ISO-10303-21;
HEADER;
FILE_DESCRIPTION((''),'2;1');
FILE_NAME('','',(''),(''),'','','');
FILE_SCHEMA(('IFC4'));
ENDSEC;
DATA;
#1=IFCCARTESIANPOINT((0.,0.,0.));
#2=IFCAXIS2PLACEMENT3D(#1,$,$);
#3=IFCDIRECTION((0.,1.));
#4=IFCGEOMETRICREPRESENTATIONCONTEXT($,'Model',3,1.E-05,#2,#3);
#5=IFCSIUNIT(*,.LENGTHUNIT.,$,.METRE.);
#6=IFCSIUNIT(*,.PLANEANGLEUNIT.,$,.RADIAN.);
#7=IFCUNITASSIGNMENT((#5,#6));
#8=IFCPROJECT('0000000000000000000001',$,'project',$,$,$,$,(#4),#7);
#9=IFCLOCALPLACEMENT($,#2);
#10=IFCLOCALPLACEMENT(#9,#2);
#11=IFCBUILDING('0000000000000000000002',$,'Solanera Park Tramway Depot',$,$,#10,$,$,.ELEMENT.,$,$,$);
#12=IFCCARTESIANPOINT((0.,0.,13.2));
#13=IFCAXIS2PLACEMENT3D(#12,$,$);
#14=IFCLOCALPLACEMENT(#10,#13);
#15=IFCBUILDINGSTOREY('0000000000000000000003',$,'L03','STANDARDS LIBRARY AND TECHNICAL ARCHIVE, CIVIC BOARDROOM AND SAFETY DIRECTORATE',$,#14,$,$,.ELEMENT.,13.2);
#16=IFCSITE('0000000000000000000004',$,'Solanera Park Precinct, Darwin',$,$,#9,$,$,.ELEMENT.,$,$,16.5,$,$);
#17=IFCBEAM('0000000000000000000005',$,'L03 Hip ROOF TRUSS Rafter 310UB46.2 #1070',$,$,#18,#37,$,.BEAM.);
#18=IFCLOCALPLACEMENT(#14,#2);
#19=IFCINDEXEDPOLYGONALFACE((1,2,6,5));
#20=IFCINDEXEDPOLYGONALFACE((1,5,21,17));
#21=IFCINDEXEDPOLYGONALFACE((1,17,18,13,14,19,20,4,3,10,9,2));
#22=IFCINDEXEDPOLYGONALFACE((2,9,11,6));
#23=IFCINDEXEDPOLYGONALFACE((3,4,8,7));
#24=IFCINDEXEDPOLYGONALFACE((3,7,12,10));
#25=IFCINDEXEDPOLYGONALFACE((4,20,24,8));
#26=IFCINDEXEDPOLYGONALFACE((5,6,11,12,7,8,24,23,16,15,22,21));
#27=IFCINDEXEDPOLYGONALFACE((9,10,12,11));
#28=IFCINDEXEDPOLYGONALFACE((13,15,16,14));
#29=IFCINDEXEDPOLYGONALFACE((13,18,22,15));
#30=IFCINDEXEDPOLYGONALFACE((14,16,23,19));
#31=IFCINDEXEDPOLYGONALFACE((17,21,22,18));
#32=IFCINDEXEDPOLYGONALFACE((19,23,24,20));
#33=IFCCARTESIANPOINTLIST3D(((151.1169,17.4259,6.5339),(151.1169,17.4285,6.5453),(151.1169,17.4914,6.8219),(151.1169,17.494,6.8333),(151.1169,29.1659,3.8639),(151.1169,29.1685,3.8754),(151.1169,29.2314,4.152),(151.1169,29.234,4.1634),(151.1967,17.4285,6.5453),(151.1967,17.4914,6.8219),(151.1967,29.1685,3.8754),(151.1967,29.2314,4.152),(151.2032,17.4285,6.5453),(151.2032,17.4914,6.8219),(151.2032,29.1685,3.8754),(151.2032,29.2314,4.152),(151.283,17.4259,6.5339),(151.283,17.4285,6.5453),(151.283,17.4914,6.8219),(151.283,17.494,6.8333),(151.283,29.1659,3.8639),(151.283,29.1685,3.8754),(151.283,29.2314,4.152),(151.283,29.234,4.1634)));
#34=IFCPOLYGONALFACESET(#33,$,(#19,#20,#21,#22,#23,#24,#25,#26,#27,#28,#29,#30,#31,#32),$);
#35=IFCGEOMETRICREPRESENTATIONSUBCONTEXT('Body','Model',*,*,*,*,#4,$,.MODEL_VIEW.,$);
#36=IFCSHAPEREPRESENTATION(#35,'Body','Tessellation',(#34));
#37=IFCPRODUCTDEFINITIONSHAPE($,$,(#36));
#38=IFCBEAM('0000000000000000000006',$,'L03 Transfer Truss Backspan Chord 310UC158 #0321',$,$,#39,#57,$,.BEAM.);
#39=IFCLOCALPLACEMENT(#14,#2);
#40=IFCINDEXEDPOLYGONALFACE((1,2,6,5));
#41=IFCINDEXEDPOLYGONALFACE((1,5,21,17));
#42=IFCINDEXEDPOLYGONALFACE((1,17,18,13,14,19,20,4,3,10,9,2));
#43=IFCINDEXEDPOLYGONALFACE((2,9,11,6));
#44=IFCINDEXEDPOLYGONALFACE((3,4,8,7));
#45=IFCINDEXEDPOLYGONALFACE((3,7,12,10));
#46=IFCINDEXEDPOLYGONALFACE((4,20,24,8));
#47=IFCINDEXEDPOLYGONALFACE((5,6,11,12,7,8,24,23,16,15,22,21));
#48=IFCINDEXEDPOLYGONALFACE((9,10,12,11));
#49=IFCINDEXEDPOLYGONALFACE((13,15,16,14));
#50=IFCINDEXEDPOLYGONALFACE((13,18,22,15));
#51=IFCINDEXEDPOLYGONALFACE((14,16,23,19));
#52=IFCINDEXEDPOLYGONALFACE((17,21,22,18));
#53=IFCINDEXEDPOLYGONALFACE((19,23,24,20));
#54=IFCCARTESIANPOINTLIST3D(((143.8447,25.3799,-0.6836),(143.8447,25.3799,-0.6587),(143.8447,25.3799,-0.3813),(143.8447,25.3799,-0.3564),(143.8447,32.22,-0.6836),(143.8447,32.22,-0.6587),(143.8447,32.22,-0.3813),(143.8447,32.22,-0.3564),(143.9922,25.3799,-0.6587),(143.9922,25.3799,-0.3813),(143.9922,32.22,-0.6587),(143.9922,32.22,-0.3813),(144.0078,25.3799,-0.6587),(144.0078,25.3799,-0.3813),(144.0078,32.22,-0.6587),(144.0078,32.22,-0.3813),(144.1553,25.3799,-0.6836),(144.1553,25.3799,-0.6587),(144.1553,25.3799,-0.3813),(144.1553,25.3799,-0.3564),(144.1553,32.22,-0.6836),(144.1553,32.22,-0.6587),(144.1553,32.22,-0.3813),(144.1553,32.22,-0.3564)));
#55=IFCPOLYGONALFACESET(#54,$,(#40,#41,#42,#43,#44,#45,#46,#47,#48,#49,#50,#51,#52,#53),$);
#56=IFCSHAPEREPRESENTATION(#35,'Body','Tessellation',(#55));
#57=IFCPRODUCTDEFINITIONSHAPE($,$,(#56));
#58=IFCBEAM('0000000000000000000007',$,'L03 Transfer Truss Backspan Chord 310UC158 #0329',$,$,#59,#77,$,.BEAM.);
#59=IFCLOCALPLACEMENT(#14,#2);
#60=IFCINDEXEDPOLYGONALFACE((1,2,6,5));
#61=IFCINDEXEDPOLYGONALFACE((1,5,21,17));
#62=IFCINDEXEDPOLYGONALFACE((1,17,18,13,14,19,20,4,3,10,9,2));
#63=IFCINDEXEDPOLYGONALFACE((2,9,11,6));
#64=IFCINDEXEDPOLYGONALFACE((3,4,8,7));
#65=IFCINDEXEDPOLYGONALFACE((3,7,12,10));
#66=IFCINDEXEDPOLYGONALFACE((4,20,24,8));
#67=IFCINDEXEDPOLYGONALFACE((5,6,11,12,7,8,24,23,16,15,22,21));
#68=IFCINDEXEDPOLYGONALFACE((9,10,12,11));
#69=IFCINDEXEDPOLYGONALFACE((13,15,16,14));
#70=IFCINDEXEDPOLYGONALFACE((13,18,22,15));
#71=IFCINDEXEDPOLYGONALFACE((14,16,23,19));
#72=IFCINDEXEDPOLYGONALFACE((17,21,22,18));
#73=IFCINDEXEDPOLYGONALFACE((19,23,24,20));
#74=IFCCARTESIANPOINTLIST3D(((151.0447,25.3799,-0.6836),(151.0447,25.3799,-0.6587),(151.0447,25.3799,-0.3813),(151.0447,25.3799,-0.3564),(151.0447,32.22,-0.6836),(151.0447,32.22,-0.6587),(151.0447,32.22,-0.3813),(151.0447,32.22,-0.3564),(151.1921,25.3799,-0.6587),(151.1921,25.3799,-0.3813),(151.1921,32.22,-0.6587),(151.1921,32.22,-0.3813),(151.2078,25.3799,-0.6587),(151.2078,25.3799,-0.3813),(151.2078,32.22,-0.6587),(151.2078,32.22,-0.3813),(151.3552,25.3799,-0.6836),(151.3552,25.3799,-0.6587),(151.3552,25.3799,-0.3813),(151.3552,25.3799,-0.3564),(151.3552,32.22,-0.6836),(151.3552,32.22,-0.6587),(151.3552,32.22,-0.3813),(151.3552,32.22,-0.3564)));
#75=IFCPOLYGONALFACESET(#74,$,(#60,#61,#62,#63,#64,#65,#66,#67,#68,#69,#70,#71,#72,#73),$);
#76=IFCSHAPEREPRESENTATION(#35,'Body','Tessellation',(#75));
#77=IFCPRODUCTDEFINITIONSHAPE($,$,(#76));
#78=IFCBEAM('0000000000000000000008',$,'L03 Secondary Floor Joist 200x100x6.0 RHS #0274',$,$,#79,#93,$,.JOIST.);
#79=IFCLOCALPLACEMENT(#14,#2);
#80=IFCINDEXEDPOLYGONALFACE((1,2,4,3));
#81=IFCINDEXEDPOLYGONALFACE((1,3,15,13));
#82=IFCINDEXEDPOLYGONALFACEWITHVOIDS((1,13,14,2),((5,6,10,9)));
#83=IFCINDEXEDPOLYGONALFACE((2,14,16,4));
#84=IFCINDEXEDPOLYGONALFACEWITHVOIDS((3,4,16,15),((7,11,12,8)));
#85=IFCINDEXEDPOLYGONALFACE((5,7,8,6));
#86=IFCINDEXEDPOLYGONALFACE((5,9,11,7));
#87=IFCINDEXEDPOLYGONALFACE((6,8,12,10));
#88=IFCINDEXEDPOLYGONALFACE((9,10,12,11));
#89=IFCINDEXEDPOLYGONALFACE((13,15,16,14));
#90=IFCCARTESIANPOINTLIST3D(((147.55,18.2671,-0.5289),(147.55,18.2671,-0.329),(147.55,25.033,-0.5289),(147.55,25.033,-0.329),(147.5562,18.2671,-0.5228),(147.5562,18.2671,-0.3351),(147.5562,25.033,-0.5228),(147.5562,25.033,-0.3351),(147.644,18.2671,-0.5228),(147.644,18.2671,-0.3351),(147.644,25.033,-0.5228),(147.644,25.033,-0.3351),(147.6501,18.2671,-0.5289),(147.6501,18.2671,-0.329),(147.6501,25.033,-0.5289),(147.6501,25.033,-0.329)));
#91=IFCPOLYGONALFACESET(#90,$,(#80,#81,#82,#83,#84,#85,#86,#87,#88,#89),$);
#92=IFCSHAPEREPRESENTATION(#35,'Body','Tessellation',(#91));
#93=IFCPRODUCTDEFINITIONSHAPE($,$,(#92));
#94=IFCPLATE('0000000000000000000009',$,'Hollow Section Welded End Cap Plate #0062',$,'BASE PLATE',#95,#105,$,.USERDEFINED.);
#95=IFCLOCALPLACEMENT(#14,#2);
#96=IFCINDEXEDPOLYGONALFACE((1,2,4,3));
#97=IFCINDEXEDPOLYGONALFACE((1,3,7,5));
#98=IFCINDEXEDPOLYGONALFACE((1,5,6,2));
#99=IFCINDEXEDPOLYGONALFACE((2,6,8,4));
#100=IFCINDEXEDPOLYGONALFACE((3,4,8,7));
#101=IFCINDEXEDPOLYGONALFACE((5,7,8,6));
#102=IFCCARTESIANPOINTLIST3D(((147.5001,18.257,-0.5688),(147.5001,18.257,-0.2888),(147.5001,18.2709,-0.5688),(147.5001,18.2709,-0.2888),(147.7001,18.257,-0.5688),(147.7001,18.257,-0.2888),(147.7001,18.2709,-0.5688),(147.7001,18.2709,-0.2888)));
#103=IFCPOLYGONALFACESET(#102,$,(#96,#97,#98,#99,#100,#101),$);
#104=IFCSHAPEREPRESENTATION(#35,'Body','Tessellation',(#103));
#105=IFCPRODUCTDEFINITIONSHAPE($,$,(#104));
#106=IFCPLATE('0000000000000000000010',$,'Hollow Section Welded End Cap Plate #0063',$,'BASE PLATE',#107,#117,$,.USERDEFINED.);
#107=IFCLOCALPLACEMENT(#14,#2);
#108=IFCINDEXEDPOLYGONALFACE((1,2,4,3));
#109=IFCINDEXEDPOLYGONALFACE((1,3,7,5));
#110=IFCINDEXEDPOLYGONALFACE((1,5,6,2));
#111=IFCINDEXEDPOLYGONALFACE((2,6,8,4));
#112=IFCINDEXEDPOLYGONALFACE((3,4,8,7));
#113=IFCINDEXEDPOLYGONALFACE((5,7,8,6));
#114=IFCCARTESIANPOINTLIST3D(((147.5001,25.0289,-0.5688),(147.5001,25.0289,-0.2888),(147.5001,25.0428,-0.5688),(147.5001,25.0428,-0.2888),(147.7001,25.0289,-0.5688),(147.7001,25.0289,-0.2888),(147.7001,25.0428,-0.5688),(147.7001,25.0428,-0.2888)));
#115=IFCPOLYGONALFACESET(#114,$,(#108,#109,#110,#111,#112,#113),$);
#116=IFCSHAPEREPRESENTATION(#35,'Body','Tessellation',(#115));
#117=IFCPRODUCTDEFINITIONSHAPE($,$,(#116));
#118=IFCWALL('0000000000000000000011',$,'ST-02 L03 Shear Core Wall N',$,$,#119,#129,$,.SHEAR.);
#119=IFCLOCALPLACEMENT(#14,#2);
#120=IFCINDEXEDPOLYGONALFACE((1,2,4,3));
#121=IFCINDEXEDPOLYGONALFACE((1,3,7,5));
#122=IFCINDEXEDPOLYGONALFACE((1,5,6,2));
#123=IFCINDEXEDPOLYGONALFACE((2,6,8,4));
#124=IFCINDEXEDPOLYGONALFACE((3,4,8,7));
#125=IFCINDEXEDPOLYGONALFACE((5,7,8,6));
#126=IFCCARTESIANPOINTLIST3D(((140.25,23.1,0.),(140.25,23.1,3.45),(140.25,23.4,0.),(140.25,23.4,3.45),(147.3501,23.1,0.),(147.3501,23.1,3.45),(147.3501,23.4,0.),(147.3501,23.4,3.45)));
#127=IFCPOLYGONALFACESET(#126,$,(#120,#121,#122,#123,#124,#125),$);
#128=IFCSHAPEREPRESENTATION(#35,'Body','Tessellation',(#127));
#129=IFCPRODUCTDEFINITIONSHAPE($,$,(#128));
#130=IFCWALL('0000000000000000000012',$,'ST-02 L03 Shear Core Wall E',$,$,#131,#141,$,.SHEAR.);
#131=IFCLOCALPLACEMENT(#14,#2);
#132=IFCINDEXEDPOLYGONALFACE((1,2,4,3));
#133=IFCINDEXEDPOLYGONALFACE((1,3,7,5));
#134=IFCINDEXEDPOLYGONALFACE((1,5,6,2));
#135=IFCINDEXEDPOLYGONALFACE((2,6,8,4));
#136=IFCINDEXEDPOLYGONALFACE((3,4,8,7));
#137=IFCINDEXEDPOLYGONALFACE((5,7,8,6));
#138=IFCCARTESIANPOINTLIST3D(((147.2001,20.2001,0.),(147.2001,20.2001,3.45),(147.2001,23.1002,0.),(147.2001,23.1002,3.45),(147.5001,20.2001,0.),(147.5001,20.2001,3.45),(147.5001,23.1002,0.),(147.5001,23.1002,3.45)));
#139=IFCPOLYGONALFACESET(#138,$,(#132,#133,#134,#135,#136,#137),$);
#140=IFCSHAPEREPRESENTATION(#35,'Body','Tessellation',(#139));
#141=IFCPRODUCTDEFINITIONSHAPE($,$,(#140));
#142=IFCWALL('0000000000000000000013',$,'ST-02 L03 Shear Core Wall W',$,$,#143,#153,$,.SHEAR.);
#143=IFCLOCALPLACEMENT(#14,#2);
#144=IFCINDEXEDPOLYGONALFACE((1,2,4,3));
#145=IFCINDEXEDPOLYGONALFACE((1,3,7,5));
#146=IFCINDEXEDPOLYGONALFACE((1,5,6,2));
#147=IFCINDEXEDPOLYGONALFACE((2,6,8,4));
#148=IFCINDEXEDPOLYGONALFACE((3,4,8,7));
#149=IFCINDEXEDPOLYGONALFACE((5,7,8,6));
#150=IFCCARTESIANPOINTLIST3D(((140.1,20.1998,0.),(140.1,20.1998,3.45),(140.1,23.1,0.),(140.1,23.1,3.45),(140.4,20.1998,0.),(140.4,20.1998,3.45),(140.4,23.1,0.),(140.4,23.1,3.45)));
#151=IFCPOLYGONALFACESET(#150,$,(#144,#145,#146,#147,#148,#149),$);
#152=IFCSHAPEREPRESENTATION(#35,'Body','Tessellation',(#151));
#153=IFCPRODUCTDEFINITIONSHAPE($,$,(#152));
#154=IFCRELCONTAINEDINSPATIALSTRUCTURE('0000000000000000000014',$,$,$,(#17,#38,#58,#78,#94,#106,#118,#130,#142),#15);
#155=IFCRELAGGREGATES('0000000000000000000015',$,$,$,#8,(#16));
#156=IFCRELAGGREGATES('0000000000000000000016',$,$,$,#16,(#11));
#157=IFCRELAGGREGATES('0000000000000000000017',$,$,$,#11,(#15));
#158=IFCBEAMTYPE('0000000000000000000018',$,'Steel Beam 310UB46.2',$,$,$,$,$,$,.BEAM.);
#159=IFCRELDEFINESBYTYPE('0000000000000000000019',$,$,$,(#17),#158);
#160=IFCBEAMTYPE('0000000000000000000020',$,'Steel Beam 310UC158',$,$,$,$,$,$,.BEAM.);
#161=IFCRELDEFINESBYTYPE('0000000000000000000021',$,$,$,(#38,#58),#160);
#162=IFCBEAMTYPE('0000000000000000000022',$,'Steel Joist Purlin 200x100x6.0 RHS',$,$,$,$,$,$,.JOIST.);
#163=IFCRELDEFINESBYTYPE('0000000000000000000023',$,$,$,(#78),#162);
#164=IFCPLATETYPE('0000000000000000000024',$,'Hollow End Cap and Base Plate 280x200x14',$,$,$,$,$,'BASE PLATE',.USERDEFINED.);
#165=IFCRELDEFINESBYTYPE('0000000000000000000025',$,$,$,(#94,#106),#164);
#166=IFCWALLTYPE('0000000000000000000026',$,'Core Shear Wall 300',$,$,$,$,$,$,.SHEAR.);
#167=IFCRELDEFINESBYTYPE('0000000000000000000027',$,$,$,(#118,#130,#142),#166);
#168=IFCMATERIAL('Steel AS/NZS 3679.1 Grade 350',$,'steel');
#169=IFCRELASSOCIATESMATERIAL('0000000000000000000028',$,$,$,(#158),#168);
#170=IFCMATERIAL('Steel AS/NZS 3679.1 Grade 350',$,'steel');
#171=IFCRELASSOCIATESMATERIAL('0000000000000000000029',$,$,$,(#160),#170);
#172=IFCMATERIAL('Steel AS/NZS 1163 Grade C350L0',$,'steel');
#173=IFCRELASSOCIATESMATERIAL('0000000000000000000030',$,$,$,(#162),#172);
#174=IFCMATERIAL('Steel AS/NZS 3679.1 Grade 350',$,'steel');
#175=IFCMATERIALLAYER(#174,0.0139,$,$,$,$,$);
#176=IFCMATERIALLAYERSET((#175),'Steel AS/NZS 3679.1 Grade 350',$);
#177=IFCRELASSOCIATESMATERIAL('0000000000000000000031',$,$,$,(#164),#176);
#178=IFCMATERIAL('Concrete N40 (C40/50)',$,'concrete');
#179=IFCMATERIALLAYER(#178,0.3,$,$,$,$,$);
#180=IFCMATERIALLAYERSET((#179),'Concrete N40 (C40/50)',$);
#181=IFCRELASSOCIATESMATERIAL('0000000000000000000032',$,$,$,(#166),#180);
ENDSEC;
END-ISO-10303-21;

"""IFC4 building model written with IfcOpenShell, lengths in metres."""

from ifc_helpers import new_model, si_unit, direction, frame, frame_2d, origin, origin_2d, place, context, subcontext, project, spatial, rectangle, hollow_rectangle, i_section, extrude, material, layer, layer_set, material_profile, profile_set, type_object, element, save


model = new_model("IFC4")

# Units and contexts
model_context = context("Model", 3, precision=1e-05, world=origin(), true_north=direction((0.0, 1.0)))
body_context = subcontext(model_context, "Body", "Model", "MODEL_VIEW")
ifc_project = project(units=[si_unit("LENGTHUNIT", "METRE"), si_unit("PLANEANGLEUNIT", "RADIAN")], contexts=[model_context])

# Site, building, storey
site_placement = place(None, origin())
site = spatial("IfcSite", under=ifc_project, at=site_placement, Name="Solanera Park Precinct, Darwin", CompositionType="ELEMENT", RefElevation=16.5)
building_placement = place(site_placement, origin())
building = spatial("IfcBuilding", under=site, at=building_placement, Name="Solanera Park Tramway Depot", CompositionType="ELEMENT")
storey_placement = place(building_placement, frame((0.0, 0.0, 13.2)))
storey = spatial("IfcBuildingStorey", under=building, at=storey_placement, Name="L03", Description="STANDARDS LIBRARY AND TECHNICAL ARCHIVE, CIVIC BOARDROOM AND SAFETY DIRECTORATE", CompositionType="ELEMENT", Elevation=13.2)

# Beams
ifc_material_1 = material(Name="Steel AS/NZS 3679.1 Grade 350", Category="steel")
ifc_material_profile_1 = material_profile(ifc_material_1, i_section(OverallWidth=0.166, OverallDepth=0.3071, WebThickness=0.0066, FlangeThickness=0.0117, at=origin_2d()), Name="310UB46.2")
ifc_profile_set_1 = profile_set([ifc_material_profile_1], Name="Steel AS/NZS 3679.1 Grade 350")
beam_type_1 = type_object("IfcBeamType", Name="Steel Beam 310UB46.2", PredefinedType="BEAM", material=ifc_profile_set_1)
beam_1_placement = place(storey_placement, frame((151.2, 17.46, 6.6836), z_axis=(0.0, 0.975102, -0.221759), x_axis=(-1.0, 0.0, 0.0)))
element("IfcBeam", 1, at=beam_1_placement, inside=storey, type_object=beam_type_1, Name="L03 Hip ROOF TRUSS Rafter 310UB46.2 #1070", PredefinedType="BEAM", context=body_context, shape_type="SweptSolid", body=[
    extrude(i_section(OverallWidth=0.166, OverallDepth=0.3071, WebThickness=0.0066, FlangeThickness=0.0117, at=origin_2d()), origin(), (0.0, 0.0, 1.0), 12.0398),
])
ifc_material_2 = material(Name="Steel AS/NZS 3679.1 Grade 350", Category="steel")
ifc_material_profile_2 = material_profile(ifc_material_2, i_section(OverallWidth=0.3105, OverallDepth=0.3271, WebThickness=0.0156, FlangeThickness=0.0249, at=origin_2d()), Name="310UC158")
ifc_profile_set_2 = profile_set([ifc_material_profile_2], Name="Steel AS/NZS 3679.1 Grade 350")
beam_type_2 = type_object("IfcBeamType", Name="Steel Beam 310UC158", PredefinedType="BEAM", material=ifc_profile_set_2)
for number, where, z_axis, x_axis, name in (
    (2, (144.0, 25.3799, -0.52), (0.0, 1.0, 0.0), (-1.0, 0.0, 0.0), "L03 Transfer Truss Backspan Chord 310UC158 #0321"),
    (3, (151.2, 25.3799, -0.52), (0.0, 1.0, 0.0), (-1.0, 0.0, 0.0), "L03 Transfer Truss Backspan Chord 310UC158 #0329"),
):
    element("IfcBeam", number, at=place(storey_placement, frame(where, z_axis=z_axis, x_axis=x_axis)), inside=storey, type_object=beam_type_2, Name=name, PredefinedType="BEAM", context=body_context, shape_type="SweptSolid", body=[
        extrude(i_section(OverallWidth=0.3105, OverallDepth=0.3271, WebThickness=0.0156, FlangeThickness=0.0249, at=origin_2d()), origin(), (0.0, 0.0, 1.0), 6.8401),
    ])
ifc_material_3 = material(Name="Steel AS/NZS 1163 Grade C350L0", Category="steel")
ifc_material_profile_3 = material_profile(ifc_material_3, hollow_rectangle(XDim=0.1001, YDim=0.2, WallThickness=0.0061, at=origin_2d()), Name="200x100x6.0 RHS")
ifc_profile_set_3 = profile_set([ifc_material_profile_3], Name="Steel AS/NZS 1163 Grade C350L0")
beam_type_3 = type_object("IfcBeamType", Name="Steel Joist Purlin 200x100x6.0 RHS", PredefinedType="JOIST", material=ifc_profile_set_3)
beam_2_placement = place(storey_placement, frame((147.6001, 18.2671, -0.429), z_axis=(0.0, 1.0, 0.0), x_axis=(-1.0, 0.0, 0.0)))
element("IfcBeam", 4, at=beam_2_placement, inside=storey, type_object=beam_type_3, Name="L03 Secondary Floor Joist 200x100x6.0 RHS #0274", PredefinedType="JOIST", context=body_context, shape_type="SweptSolid", body=[
    extrude(hollow_rectangle(XDim=0.1001, YDim=0.2, WallThickness=0.0061, at=origin_2d()), origin(), (0.0, 0.0, 1.0), 6.7659),
])

# Plates
ifc_material_4 = material(Name="Steel AS/NZS 3679.1 Grade 350", Category="steel")
ifc_layer_1 = layer(ifc_material_4, 0.0139)
ifc_layer_set_1 = layer_set([ifc_layer_1], Name="Steel AS/NZS 3679.1 Grade 350")
plate_type = type_object("IfcPlateType", Name="Hollow End Cap and Base Plate 280x200x14", ElementType="BASE PLATE", PredefinedType="USERDEFINED", material=ifc_layer_set_1)
for number, where, z_axis, x_axis, name in (
    (5, (147.6001, 18.2639, -0.5688), (0.0, 0.0, 1.0), (0.0, 1.0, 0.0), "Hollow Section Welded End Cap Plate #0062"),
    (6, (147.6001, 25.0359, -0.5688), (0.0, 0.0, 1.0), (0.0, 1.0, 0.0), "Hollow Section Welded End Cap Plate #0063"),
):
    element("IfcPlate", number, at=place(storey_placement, frame(where, z_axis=z_axis, x_axis=x_axis)), inside=storey, type_object=plate_type, Name=name, ObjectType="BASE PLATE", PredefinedType="USERDEFINED", context=body_context, shape_type="SweptSolid", body=[
        extrude(rectangle(XDim=0.0139, YDim=0.2, at=origin_2d()), origin(), (0.0, 0.0, 1.0), 0.28),
    ])

# Walls
ifc_material_5 = material(Name="Concrete N40 (C40/50)", Category="concrete")
ifc_layer_2 = layer(ifc_material_5, 0.3)
ifc_layer_set_2 = layer_set([ifc_layer_2], Name="Concrete N40 (C40/50)")
wall_type = type_object("IfcWallType", Name="Core Shear Wall 300", PredefinedType="SHEAR", material=ifc_layer_set_2)
wall_placement = place(storey_placement, frame((147.3501, 23.25, 0.0), z_axis=(0.0, 0.0, 1.0), x_axis=(-1.0, 0.0, 0.0)))
element("IfcWall", 7, at=wall_placement, inside=storey, type_object=wall_type, Name="ST-02 L03 Shear Core Wall N", PredefinedType="SHEAR", context=body_context, shape_type="SweptSolid", body=[
    extrude(rectangle(XDim=7.1001, YDim=0.3, at=frame_2d((3.55, 0.0))), origin(), (0.0, 0.0, 1.0), 3.45),
])
for number, where, z_axis, x_axis, name in (
    (8, (147.3501, 20.2, 0.0), (0.0, 0.0, 1.0), (0.0, 1.0, 0.0), "ST-02 L03 Shear Core Wall E"),
    (9, (140.25, 23.1001, 0.0), (0.0, 0.0, 1.0), (0.0, -1.0, 0.0), "ST-02 L03 Shear Core Wall W"),
):
    element("IfcWall", number, at=place(storey_placement, frame(where, z_axis=z_axis, x_axis=x_axis)), inside=storey, type_object=wall_type, Name=name, PredefinedType="SHEAR", context=body_context, shape_type="SweptSolid", body=[
        extrude(rectangle(XDim=2.9001, YDim=0.3, at=frame_2d((1.4502, 0.0))), origin(), (0.0, 0.0, 1.0), 3.45),
    ])

save(model, "model.ifc")
